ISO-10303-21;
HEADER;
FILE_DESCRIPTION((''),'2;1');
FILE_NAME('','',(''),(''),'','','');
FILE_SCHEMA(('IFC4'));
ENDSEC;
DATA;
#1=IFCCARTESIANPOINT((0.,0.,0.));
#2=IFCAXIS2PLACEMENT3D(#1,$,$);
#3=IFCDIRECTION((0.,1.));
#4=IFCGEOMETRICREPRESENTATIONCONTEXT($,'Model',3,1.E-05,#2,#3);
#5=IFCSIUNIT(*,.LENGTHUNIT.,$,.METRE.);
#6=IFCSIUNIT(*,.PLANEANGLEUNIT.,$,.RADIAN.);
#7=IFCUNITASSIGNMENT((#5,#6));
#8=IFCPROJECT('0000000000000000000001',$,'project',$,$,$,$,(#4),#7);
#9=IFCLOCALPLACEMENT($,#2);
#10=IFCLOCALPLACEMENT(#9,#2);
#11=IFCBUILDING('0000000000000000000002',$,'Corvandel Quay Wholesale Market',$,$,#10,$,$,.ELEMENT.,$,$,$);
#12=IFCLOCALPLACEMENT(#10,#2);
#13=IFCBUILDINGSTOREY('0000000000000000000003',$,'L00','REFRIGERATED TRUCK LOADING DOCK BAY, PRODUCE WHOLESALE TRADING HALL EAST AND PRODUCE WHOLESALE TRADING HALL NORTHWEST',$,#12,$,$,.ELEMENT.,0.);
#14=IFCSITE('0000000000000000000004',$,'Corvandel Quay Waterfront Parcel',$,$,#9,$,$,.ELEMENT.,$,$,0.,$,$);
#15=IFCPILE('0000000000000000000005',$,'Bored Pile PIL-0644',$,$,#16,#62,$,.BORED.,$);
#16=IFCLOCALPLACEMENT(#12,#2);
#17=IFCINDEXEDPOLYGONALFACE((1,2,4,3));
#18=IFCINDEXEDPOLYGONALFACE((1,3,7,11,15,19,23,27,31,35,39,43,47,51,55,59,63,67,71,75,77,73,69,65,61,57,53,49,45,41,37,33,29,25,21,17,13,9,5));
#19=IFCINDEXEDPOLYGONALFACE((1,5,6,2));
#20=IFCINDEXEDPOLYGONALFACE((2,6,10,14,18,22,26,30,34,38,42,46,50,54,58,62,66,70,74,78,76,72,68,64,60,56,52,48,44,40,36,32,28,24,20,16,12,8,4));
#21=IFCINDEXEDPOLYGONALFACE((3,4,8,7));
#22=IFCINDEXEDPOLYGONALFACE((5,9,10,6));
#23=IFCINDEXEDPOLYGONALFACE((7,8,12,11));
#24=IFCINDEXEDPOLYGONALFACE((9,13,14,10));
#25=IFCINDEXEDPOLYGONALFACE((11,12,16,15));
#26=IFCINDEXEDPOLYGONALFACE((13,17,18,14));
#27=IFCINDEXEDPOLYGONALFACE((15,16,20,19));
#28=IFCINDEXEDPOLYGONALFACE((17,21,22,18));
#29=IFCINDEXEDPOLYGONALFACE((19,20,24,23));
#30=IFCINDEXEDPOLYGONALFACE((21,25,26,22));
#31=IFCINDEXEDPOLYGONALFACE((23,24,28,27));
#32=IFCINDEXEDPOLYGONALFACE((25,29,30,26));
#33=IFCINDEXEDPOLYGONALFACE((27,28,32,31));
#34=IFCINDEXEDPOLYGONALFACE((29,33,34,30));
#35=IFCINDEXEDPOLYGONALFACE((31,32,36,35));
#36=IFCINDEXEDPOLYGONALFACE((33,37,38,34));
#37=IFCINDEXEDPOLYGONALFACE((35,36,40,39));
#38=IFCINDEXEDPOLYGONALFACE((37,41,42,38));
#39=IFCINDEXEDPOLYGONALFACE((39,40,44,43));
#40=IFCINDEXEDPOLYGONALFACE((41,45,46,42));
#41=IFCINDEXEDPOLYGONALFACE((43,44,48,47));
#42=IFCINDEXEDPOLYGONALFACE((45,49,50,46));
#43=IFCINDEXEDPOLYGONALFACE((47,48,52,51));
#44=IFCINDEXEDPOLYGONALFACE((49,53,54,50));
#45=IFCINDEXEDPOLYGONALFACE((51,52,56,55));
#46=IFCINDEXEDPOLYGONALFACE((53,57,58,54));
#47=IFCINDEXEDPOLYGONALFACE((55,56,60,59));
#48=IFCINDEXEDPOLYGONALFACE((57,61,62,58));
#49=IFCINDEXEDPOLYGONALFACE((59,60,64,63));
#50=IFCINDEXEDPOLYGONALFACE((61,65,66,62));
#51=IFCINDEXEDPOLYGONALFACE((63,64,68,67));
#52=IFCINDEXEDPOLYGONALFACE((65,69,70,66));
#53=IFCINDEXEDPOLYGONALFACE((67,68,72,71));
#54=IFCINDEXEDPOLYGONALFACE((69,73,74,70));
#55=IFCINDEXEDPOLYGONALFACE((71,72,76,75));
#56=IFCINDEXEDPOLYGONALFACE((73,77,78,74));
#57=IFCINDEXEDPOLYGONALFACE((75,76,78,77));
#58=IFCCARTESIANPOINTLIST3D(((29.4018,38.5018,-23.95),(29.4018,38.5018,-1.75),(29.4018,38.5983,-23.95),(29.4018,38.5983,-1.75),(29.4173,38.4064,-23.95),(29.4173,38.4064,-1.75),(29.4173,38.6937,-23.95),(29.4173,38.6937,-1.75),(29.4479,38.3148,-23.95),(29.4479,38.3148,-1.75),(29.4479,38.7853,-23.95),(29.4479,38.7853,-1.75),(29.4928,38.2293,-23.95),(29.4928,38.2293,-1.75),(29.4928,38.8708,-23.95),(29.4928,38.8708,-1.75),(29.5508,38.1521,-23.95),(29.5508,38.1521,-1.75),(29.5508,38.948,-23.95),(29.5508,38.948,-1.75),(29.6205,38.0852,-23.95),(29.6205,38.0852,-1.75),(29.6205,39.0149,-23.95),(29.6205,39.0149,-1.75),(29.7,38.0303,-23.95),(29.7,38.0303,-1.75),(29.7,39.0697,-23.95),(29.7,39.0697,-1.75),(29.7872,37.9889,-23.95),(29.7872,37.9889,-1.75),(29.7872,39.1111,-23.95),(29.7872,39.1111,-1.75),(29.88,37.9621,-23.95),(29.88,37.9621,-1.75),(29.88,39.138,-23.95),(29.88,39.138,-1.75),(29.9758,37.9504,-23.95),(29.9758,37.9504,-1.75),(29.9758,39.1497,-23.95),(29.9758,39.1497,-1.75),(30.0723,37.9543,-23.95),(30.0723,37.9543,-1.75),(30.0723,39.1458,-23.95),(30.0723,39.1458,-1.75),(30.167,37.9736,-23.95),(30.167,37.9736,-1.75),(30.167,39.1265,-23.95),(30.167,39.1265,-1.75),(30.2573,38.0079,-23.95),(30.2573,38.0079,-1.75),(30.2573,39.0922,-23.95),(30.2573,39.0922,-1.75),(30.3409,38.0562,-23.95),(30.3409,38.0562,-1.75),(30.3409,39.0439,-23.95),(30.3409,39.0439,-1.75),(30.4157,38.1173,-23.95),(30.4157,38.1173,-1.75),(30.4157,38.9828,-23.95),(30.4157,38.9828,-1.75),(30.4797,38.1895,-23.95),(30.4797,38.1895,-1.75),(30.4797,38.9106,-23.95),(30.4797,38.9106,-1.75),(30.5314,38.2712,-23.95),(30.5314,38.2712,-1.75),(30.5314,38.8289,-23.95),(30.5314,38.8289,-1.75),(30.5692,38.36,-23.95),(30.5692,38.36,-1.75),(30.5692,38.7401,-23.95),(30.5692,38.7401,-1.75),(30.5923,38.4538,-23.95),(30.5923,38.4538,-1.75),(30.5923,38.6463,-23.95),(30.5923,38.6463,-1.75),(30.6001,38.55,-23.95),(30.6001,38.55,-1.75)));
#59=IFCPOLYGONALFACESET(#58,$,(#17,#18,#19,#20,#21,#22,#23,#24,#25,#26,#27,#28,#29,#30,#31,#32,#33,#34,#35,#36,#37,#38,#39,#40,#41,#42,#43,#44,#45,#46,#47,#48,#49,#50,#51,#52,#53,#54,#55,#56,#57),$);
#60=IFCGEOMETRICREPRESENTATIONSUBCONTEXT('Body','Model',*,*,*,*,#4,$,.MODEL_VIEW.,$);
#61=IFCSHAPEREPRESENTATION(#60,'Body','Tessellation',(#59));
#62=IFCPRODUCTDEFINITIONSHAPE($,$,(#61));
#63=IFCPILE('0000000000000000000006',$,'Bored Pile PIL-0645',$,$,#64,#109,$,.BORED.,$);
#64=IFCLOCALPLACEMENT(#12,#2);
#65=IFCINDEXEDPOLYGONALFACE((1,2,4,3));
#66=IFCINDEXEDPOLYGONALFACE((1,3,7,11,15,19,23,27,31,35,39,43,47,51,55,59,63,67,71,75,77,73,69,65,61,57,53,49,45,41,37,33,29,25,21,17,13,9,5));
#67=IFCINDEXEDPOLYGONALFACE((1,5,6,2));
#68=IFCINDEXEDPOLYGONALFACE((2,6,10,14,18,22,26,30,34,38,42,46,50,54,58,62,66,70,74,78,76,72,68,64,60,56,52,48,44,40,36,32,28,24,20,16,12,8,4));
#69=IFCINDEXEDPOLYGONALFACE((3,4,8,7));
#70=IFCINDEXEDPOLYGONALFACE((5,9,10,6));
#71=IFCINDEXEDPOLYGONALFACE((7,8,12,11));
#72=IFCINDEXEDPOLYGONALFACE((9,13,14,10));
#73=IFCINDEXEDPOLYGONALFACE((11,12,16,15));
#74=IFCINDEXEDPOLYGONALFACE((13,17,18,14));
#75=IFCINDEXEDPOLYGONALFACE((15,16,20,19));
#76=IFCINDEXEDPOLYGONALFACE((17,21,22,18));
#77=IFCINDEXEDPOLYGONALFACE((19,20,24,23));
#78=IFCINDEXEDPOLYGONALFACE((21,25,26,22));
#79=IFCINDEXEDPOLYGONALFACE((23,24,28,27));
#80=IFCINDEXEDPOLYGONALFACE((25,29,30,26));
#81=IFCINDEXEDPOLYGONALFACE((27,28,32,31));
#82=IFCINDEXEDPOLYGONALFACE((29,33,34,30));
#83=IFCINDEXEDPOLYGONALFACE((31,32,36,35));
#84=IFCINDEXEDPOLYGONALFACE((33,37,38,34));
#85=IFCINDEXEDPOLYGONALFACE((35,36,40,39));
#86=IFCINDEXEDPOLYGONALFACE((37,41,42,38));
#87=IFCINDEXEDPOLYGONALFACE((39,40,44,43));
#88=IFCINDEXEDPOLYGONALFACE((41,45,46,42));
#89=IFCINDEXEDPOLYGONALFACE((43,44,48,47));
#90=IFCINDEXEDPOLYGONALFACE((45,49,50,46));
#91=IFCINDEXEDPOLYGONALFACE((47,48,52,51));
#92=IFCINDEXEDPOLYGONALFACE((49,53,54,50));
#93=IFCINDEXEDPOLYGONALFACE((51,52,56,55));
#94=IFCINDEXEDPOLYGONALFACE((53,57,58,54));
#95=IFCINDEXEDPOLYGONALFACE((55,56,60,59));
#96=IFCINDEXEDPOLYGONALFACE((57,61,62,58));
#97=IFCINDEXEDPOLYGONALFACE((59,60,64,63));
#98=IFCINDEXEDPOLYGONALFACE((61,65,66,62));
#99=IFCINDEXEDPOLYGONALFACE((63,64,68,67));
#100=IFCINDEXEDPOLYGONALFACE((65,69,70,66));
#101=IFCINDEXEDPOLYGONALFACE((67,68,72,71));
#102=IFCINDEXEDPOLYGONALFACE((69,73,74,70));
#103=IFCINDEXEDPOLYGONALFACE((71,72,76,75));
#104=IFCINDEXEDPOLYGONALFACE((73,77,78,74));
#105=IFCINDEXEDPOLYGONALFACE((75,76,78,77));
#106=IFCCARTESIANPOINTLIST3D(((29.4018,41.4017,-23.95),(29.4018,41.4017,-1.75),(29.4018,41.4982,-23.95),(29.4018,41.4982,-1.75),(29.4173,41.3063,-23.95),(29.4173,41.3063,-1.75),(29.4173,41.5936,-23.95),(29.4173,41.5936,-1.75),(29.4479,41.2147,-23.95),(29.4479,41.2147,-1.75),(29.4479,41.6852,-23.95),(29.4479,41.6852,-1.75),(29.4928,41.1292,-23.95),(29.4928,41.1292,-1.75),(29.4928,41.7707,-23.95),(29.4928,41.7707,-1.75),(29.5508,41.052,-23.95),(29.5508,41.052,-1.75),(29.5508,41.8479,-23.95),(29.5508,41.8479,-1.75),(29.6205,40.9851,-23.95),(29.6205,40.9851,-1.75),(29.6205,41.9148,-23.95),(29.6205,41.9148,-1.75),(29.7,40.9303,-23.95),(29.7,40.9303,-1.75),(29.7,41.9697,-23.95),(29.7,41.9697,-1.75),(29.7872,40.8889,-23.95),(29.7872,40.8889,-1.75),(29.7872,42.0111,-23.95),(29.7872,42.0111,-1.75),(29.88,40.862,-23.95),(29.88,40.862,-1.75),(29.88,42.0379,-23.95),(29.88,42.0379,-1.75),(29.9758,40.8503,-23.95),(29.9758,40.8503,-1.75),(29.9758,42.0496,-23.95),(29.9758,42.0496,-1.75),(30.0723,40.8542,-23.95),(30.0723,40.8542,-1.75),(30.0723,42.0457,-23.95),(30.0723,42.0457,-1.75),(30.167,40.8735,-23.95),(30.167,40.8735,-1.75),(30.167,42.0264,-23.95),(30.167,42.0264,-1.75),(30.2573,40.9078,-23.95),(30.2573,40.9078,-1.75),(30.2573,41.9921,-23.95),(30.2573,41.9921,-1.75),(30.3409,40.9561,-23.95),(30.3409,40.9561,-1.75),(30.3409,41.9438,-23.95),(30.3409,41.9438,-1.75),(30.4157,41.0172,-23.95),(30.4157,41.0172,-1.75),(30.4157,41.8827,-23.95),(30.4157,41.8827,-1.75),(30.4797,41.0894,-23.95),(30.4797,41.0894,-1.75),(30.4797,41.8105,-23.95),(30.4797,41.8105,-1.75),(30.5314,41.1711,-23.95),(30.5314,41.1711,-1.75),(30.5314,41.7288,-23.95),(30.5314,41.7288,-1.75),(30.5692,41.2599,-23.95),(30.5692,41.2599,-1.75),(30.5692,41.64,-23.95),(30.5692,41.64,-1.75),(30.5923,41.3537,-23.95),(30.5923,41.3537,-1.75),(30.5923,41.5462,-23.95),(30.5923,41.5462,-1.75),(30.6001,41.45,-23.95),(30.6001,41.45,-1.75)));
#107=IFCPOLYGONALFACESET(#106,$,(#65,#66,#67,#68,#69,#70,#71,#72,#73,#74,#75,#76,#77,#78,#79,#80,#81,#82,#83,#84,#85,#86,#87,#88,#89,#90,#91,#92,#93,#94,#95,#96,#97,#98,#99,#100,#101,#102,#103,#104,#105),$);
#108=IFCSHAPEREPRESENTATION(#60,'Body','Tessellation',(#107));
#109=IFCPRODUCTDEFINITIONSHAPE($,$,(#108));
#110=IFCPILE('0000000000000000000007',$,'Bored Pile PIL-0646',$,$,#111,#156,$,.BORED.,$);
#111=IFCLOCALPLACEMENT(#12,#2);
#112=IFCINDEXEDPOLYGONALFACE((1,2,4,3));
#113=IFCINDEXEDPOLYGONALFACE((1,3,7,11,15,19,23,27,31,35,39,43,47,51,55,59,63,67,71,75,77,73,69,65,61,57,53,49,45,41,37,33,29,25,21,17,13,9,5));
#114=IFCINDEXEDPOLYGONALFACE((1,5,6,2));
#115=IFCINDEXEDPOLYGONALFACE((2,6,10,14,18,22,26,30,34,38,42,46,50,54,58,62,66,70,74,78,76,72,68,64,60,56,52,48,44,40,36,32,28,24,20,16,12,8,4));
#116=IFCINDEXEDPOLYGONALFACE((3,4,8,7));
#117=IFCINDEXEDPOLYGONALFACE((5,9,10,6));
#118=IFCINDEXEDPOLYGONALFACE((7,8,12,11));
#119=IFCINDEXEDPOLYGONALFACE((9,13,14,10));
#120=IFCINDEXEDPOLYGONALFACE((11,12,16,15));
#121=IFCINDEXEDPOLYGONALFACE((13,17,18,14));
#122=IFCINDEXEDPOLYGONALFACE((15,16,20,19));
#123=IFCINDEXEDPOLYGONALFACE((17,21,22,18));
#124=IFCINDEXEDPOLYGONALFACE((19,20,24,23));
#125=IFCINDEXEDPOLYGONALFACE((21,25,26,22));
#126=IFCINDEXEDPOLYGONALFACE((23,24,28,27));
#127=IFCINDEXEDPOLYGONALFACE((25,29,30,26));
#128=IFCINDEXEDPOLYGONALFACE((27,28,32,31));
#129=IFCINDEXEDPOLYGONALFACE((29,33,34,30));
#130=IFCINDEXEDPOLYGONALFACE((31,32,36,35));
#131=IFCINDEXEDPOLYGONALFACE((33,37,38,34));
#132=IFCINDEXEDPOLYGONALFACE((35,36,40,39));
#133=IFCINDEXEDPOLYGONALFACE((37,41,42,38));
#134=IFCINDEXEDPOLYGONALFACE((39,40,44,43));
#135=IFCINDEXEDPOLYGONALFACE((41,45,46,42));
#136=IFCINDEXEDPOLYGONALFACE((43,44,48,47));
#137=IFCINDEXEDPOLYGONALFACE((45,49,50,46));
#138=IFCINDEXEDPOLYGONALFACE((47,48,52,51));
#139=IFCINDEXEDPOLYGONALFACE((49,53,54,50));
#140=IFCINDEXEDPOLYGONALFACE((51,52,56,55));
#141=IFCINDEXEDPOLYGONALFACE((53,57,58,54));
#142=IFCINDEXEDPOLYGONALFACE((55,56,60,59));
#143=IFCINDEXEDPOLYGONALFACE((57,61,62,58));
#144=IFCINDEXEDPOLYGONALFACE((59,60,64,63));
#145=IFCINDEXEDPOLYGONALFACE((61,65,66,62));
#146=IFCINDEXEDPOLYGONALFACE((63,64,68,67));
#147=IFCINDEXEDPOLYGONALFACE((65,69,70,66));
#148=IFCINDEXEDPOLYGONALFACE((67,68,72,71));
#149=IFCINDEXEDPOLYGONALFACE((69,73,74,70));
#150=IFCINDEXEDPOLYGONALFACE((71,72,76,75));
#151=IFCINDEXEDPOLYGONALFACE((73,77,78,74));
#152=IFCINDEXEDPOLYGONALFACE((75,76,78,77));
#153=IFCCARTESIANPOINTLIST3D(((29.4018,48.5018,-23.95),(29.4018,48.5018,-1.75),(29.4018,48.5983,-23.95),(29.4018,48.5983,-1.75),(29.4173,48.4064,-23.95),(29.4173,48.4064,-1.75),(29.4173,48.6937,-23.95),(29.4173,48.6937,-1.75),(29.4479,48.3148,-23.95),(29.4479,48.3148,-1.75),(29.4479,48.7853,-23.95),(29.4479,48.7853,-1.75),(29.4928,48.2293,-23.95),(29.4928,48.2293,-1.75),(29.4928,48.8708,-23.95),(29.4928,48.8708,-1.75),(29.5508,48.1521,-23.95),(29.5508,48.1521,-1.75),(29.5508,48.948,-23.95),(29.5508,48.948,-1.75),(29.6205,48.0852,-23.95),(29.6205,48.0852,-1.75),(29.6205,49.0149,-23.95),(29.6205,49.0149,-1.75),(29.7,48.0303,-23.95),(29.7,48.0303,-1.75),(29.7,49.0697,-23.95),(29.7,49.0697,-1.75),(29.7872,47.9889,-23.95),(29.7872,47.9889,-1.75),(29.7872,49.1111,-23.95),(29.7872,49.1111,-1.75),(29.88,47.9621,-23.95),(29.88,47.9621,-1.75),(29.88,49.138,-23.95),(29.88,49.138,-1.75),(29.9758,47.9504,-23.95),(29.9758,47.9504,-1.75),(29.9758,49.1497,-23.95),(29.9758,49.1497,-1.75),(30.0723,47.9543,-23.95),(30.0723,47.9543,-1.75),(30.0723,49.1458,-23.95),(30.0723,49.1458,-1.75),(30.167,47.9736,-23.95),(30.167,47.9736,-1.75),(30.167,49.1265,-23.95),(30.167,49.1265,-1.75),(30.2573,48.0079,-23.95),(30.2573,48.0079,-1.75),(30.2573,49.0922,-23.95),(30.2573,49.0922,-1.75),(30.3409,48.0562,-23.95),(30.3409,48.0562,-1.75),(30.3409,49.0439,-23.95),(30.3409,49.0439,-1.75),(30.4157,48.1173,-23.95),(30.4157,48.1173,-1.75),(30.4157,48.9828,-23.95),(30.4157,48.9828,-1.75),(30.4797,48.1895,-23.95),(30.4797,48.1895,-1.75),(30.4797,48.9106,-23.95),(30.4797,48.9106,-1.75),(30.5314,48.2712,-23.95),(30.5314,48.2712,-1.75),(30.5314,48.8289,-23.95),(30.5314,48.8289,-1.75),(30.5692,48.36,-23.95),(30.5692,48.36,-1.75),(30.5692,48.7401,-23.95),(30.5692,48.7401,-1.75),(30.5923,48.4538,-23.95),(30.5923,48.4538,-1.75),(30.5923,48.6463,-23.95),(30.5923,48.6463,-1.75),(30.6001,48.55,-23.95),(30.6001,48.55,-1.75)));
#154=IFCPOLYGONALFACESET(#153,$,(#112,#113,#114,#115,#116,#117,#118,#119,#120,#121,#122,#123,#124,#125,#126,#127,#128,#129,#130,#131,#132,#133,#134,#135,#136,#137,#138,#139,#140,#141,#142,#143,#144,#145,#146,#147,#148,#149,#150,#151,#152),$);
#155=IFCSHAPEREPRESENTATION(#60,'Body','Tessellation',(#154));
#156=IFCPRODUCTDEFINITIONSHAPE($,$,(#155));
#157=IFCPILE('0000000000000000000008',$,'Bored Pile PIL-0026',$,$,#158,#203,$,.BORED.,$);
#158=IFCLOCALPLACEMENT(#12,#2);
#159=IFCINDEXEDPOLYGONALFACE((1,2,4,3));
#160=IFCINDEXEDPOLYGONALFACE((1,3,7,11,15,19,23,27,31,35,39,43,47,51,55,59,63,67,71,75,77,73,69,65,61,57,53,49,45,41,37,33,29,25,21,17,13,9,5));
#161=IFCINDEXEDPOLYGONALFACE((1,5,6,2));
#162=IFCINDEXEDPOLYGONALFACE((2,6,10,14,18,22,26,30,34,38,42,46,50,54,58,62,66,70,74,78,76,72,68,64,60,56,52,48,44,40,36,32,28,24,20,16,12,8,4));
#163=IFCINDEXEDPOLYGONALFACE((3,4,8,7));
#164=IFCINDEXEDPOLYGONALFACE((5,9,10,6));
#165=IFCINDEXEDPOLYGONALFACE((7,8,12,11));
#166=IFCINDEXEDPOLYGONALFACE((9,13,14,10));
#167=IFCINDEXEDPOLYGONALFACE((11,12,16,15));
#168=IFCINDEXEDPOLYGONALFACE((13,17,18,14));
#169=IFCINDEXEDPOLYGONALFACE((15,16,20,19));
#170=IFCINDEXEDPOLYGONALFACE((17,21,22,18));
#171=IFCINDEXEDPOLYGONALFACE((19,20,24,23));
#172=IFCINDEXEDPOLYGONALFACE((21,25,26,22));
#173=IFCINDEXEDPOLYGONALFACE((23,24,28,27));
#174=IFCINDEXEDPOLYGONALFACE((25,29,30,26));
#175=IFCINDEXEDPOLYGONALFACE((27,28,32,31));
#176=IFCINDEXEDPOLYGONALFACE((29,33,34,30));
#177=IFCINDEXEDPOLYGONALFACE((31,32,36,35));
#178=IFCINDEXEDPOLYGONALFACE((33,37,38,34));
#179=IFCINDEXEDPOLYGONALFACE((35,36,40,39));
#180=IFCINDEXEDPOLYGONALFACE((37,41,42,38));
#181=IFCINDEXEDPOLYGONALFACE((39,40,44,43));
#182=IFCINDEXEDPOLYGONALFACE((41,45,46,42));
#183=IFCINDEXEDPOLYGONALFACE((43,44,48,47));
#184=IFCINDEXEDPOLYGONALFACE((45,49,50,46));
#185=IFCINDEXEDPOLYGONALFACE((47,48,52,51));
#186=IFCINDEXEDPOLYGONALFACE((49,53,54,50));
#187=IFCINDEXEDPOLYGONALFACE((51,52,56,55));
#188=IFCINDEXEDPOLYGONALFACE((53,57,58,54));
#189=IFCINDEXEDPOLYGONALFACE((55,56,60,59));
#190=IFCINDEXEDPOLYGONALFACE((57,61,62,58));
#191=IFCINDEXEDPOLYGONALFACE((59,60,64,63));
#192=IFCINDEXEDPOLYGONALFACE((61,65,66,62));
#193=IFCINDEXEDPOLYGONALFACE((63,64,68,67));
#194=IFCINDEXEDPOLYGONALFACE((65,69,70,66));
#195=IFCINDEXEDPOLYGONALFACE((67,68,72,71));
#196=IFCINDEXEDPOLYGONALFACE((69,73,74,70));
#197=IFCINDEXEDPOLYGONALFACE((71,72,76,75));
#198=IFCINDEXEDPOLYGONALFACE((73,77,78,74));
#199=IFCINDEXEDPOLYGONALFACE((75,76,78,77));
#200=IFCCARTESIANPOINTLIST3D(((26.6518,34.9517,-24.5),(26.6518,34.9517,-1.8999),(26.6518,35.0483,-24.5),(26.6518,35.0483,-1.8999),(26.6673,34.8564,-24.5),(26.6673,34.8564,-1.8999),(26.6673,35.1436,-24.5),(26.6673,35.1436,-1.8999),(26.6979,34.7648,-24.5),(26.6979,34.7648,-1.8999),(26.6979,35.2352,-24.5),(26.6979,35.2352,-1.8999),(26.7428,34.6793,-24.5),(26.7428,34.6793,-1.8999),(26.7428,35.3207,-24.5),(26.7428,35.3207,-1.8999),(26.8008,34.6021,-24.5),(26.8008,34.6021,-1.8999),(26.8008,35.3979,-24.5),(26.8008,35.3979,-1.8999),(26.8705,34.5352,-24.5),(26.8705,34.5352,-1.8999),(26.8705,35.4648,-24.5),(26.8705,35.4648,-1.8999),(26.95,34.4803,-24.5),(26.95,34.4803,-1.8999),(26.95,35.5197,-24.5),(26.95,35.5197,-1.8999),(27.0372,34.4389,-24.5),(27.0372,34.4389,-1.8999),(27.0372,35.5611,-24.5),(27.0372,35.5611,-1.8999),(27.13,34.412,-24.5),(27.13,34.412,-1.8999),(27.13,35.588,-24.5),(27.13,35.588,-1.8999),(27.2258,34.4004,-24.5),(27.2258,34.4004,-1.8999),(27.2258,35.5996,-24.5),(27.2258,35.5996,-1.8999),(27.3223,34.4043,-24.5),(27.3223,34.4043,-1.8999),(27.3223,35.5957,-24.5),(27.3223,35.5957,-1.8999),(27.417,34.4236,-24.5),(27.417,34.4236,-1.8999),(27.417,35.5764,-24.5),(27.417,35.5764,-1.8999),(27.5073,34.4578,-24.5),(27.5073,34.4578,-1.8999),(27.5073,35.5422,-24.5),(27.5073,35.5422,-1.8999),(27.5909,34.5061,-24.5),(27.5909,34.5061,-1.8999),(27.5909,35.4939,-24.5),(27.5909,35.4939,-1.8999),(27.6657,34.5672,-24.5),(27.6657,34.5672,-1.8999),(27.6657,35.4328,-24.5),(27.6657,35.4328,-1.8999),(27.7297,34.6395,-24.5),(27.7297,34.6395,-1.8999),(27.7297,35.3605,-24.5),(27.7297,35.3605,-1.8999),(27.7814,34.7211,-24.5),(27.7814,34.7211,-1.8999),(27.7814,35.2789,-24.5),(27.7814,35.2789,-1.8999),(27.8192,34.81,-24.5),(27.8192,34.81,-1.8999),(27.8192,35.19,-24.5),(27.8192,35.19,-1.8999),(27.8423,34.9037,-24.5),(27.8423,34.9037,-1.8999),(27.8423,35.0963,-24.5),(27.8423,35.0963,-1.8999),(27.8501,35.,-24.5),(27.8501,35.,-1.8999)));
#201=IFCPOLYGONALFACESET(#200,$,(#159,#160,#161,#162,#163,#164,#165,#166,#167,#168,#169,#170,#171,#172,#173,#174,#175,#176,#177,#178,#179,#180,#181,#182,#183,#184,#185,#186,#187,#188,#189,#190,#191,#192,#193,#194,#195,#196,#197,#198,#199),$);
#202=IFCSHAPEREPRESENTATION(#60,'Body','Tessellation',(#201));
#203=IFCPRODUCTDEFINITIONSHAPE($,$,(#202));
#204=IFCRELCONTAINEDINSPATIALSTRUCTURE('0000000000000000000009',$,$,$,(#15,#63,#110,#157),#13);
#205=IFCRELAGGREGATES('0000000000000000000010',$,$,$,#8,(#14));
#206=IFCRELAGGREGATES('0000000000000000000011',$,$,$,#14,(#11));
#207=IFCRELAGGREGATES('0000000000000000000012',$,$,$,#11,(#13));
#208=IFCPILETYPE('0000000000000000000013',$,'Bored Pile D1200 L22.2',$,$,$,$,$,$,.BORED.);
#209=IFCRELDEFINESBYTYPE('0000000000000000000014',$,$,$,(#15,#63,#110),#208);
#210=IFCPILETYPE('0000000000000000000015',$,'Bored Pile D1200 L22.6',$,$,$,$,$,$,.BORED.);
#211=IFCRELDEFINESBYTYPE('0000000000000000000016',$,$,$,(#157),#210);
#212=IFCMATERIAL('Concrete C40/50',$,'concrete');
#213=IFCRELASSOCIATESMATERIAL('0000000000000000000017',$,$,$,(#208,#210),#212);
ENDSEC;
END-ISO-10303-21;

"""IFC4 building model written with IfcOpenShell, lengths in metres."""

from ifc_helpers import new_model, si_unit, direction, frame, origin, origin_2d, place, context, subcontext, project, spatial, circle, extrude, material, material_profile, profile_set, type_object, element, save


model = new_model("IFC4")

# Units and contexts
model_context = context("Model", 3, precision=1e-05, world=origin(), true_north=direction((0.0, 1.0)))
body_context = subcontext(model_context, "Body", "Model", "MODEL_VIEW")
ifc_project = project(units=[si_unit("LENGTHUNIT", "METRE"), si_unit("PLANEANGLEUNIT", "RADIAN")], contexts=[model_context])

# Site, building, storey
site_placement = place(None, origin())
site = spatial("IfcSite", under=ifc_project, at=site_placement, Name="Corvandel Quay Waterfront Parcel", CompositionType="ELEMENT", RefElevation=0.0)
building_placement = place(site_placement, origin())
building = spatial("IfcBuilding", under=site, at=building_placement, Name="Corvandel Quay Wholesale Market", CompositionType="ELEMENT")
storey_placement = place(building_placement, origin())
storey = spatial("IfcBuildingStorey", under=building, at=storey_placement, Name="L00", Description="REFRIGERATED TRUCK LOADING DOCK BAY, PRODUCE WHOLESALE TRADING HALL EAST AND PRODUCE WHOLESALE TRADING HALL NORTHWEST", CompositionType="ELEMENT", Elevation=0.0)

# Piles
ifc_material_1 = material(Name="Concrete C40/50", Category="concrete")
ifc_material_profile_1 = material_profile(ifc_material_1, circle(Radius=0.6001, at=origin_2d()), Name="RC-PILE-D1200")
ifc_profile_set_1 = profile_set([ifc_material_profile_1], Name="Concrete C40/50")
pile_type_1 = type_object("IfcPileType", Name="Bored Pile D1200 L22.2", PredefinedType="BORED", material=ifc_profile_set_1)
for number, where, z_axis, x_axis, name in (
    (1, (30.0, 38.55, -1.75), (0.0, 0.0, -1.0), (1.0, 0.0, 0.0), "Bored Pile PIL-0644"),
    (2, (30.0, 41.45, -1.75), (0.0, 0.0, -1.0), (1.0, 0.0, 0.0), "Bored Pile PIL-0645"),
    (3, (30.0, 48.55, -1.75), (0.0, 0.0, -1.0), (1.0, 0.0, 0.0), "Bored Pile PIL-0646"),
):
    element("IfcPile", number, at=place(storey_placement, frame(where, z_axis=z_axis, x_axis=x_axis)), inside=storey, type_object=pile_type_1, Name=name, PredefinedType="BORED", context=body_context, shape_type="SweptSolid", body=[
        extrude(circle(Radius=0.6001, at=origin_2d()), origin(), (0.0, 0.0, 1.0), 22.2),
    ])
ifc_material_profile_2 = material_profile(ifc_material_1, circle(Radius=0.6001, at=origin_2d()), Name="RC-PILE-D1200")
ifc_profile_set_2 = profile_set([ifc_material_profile_2], Name="Concrete C40/50")
pile_type_2 = type_object("IfcPileType", Name="Bored Pile D1200 L22.6", PredefinedType="BORED", material=ifc_profile_set_2)
for number, where, z_axis, x_axis, name in (
    (4, (27.25, 35.0, -1.8999), (0.0, 0.0, -1.0), (1.0, 0.0, 0.0), "Bored Pile PIL-0026"),
):
    element("IfcPile", number, at=place(storey_placement, frame(where, z_axis=z_axis, x_axis=x_axis)), inside=storey, type_object=pile_type_2, Name=name, PredefinedType="BORED", context=body_context, shape_type="SweptSolid", body=[
        extrude(circle(Radius=0.6001, at=origin_2d()), origin(), (0.0, 0.0, 1.0), 22.6001),
    ])

save(model, "model.ifc")
